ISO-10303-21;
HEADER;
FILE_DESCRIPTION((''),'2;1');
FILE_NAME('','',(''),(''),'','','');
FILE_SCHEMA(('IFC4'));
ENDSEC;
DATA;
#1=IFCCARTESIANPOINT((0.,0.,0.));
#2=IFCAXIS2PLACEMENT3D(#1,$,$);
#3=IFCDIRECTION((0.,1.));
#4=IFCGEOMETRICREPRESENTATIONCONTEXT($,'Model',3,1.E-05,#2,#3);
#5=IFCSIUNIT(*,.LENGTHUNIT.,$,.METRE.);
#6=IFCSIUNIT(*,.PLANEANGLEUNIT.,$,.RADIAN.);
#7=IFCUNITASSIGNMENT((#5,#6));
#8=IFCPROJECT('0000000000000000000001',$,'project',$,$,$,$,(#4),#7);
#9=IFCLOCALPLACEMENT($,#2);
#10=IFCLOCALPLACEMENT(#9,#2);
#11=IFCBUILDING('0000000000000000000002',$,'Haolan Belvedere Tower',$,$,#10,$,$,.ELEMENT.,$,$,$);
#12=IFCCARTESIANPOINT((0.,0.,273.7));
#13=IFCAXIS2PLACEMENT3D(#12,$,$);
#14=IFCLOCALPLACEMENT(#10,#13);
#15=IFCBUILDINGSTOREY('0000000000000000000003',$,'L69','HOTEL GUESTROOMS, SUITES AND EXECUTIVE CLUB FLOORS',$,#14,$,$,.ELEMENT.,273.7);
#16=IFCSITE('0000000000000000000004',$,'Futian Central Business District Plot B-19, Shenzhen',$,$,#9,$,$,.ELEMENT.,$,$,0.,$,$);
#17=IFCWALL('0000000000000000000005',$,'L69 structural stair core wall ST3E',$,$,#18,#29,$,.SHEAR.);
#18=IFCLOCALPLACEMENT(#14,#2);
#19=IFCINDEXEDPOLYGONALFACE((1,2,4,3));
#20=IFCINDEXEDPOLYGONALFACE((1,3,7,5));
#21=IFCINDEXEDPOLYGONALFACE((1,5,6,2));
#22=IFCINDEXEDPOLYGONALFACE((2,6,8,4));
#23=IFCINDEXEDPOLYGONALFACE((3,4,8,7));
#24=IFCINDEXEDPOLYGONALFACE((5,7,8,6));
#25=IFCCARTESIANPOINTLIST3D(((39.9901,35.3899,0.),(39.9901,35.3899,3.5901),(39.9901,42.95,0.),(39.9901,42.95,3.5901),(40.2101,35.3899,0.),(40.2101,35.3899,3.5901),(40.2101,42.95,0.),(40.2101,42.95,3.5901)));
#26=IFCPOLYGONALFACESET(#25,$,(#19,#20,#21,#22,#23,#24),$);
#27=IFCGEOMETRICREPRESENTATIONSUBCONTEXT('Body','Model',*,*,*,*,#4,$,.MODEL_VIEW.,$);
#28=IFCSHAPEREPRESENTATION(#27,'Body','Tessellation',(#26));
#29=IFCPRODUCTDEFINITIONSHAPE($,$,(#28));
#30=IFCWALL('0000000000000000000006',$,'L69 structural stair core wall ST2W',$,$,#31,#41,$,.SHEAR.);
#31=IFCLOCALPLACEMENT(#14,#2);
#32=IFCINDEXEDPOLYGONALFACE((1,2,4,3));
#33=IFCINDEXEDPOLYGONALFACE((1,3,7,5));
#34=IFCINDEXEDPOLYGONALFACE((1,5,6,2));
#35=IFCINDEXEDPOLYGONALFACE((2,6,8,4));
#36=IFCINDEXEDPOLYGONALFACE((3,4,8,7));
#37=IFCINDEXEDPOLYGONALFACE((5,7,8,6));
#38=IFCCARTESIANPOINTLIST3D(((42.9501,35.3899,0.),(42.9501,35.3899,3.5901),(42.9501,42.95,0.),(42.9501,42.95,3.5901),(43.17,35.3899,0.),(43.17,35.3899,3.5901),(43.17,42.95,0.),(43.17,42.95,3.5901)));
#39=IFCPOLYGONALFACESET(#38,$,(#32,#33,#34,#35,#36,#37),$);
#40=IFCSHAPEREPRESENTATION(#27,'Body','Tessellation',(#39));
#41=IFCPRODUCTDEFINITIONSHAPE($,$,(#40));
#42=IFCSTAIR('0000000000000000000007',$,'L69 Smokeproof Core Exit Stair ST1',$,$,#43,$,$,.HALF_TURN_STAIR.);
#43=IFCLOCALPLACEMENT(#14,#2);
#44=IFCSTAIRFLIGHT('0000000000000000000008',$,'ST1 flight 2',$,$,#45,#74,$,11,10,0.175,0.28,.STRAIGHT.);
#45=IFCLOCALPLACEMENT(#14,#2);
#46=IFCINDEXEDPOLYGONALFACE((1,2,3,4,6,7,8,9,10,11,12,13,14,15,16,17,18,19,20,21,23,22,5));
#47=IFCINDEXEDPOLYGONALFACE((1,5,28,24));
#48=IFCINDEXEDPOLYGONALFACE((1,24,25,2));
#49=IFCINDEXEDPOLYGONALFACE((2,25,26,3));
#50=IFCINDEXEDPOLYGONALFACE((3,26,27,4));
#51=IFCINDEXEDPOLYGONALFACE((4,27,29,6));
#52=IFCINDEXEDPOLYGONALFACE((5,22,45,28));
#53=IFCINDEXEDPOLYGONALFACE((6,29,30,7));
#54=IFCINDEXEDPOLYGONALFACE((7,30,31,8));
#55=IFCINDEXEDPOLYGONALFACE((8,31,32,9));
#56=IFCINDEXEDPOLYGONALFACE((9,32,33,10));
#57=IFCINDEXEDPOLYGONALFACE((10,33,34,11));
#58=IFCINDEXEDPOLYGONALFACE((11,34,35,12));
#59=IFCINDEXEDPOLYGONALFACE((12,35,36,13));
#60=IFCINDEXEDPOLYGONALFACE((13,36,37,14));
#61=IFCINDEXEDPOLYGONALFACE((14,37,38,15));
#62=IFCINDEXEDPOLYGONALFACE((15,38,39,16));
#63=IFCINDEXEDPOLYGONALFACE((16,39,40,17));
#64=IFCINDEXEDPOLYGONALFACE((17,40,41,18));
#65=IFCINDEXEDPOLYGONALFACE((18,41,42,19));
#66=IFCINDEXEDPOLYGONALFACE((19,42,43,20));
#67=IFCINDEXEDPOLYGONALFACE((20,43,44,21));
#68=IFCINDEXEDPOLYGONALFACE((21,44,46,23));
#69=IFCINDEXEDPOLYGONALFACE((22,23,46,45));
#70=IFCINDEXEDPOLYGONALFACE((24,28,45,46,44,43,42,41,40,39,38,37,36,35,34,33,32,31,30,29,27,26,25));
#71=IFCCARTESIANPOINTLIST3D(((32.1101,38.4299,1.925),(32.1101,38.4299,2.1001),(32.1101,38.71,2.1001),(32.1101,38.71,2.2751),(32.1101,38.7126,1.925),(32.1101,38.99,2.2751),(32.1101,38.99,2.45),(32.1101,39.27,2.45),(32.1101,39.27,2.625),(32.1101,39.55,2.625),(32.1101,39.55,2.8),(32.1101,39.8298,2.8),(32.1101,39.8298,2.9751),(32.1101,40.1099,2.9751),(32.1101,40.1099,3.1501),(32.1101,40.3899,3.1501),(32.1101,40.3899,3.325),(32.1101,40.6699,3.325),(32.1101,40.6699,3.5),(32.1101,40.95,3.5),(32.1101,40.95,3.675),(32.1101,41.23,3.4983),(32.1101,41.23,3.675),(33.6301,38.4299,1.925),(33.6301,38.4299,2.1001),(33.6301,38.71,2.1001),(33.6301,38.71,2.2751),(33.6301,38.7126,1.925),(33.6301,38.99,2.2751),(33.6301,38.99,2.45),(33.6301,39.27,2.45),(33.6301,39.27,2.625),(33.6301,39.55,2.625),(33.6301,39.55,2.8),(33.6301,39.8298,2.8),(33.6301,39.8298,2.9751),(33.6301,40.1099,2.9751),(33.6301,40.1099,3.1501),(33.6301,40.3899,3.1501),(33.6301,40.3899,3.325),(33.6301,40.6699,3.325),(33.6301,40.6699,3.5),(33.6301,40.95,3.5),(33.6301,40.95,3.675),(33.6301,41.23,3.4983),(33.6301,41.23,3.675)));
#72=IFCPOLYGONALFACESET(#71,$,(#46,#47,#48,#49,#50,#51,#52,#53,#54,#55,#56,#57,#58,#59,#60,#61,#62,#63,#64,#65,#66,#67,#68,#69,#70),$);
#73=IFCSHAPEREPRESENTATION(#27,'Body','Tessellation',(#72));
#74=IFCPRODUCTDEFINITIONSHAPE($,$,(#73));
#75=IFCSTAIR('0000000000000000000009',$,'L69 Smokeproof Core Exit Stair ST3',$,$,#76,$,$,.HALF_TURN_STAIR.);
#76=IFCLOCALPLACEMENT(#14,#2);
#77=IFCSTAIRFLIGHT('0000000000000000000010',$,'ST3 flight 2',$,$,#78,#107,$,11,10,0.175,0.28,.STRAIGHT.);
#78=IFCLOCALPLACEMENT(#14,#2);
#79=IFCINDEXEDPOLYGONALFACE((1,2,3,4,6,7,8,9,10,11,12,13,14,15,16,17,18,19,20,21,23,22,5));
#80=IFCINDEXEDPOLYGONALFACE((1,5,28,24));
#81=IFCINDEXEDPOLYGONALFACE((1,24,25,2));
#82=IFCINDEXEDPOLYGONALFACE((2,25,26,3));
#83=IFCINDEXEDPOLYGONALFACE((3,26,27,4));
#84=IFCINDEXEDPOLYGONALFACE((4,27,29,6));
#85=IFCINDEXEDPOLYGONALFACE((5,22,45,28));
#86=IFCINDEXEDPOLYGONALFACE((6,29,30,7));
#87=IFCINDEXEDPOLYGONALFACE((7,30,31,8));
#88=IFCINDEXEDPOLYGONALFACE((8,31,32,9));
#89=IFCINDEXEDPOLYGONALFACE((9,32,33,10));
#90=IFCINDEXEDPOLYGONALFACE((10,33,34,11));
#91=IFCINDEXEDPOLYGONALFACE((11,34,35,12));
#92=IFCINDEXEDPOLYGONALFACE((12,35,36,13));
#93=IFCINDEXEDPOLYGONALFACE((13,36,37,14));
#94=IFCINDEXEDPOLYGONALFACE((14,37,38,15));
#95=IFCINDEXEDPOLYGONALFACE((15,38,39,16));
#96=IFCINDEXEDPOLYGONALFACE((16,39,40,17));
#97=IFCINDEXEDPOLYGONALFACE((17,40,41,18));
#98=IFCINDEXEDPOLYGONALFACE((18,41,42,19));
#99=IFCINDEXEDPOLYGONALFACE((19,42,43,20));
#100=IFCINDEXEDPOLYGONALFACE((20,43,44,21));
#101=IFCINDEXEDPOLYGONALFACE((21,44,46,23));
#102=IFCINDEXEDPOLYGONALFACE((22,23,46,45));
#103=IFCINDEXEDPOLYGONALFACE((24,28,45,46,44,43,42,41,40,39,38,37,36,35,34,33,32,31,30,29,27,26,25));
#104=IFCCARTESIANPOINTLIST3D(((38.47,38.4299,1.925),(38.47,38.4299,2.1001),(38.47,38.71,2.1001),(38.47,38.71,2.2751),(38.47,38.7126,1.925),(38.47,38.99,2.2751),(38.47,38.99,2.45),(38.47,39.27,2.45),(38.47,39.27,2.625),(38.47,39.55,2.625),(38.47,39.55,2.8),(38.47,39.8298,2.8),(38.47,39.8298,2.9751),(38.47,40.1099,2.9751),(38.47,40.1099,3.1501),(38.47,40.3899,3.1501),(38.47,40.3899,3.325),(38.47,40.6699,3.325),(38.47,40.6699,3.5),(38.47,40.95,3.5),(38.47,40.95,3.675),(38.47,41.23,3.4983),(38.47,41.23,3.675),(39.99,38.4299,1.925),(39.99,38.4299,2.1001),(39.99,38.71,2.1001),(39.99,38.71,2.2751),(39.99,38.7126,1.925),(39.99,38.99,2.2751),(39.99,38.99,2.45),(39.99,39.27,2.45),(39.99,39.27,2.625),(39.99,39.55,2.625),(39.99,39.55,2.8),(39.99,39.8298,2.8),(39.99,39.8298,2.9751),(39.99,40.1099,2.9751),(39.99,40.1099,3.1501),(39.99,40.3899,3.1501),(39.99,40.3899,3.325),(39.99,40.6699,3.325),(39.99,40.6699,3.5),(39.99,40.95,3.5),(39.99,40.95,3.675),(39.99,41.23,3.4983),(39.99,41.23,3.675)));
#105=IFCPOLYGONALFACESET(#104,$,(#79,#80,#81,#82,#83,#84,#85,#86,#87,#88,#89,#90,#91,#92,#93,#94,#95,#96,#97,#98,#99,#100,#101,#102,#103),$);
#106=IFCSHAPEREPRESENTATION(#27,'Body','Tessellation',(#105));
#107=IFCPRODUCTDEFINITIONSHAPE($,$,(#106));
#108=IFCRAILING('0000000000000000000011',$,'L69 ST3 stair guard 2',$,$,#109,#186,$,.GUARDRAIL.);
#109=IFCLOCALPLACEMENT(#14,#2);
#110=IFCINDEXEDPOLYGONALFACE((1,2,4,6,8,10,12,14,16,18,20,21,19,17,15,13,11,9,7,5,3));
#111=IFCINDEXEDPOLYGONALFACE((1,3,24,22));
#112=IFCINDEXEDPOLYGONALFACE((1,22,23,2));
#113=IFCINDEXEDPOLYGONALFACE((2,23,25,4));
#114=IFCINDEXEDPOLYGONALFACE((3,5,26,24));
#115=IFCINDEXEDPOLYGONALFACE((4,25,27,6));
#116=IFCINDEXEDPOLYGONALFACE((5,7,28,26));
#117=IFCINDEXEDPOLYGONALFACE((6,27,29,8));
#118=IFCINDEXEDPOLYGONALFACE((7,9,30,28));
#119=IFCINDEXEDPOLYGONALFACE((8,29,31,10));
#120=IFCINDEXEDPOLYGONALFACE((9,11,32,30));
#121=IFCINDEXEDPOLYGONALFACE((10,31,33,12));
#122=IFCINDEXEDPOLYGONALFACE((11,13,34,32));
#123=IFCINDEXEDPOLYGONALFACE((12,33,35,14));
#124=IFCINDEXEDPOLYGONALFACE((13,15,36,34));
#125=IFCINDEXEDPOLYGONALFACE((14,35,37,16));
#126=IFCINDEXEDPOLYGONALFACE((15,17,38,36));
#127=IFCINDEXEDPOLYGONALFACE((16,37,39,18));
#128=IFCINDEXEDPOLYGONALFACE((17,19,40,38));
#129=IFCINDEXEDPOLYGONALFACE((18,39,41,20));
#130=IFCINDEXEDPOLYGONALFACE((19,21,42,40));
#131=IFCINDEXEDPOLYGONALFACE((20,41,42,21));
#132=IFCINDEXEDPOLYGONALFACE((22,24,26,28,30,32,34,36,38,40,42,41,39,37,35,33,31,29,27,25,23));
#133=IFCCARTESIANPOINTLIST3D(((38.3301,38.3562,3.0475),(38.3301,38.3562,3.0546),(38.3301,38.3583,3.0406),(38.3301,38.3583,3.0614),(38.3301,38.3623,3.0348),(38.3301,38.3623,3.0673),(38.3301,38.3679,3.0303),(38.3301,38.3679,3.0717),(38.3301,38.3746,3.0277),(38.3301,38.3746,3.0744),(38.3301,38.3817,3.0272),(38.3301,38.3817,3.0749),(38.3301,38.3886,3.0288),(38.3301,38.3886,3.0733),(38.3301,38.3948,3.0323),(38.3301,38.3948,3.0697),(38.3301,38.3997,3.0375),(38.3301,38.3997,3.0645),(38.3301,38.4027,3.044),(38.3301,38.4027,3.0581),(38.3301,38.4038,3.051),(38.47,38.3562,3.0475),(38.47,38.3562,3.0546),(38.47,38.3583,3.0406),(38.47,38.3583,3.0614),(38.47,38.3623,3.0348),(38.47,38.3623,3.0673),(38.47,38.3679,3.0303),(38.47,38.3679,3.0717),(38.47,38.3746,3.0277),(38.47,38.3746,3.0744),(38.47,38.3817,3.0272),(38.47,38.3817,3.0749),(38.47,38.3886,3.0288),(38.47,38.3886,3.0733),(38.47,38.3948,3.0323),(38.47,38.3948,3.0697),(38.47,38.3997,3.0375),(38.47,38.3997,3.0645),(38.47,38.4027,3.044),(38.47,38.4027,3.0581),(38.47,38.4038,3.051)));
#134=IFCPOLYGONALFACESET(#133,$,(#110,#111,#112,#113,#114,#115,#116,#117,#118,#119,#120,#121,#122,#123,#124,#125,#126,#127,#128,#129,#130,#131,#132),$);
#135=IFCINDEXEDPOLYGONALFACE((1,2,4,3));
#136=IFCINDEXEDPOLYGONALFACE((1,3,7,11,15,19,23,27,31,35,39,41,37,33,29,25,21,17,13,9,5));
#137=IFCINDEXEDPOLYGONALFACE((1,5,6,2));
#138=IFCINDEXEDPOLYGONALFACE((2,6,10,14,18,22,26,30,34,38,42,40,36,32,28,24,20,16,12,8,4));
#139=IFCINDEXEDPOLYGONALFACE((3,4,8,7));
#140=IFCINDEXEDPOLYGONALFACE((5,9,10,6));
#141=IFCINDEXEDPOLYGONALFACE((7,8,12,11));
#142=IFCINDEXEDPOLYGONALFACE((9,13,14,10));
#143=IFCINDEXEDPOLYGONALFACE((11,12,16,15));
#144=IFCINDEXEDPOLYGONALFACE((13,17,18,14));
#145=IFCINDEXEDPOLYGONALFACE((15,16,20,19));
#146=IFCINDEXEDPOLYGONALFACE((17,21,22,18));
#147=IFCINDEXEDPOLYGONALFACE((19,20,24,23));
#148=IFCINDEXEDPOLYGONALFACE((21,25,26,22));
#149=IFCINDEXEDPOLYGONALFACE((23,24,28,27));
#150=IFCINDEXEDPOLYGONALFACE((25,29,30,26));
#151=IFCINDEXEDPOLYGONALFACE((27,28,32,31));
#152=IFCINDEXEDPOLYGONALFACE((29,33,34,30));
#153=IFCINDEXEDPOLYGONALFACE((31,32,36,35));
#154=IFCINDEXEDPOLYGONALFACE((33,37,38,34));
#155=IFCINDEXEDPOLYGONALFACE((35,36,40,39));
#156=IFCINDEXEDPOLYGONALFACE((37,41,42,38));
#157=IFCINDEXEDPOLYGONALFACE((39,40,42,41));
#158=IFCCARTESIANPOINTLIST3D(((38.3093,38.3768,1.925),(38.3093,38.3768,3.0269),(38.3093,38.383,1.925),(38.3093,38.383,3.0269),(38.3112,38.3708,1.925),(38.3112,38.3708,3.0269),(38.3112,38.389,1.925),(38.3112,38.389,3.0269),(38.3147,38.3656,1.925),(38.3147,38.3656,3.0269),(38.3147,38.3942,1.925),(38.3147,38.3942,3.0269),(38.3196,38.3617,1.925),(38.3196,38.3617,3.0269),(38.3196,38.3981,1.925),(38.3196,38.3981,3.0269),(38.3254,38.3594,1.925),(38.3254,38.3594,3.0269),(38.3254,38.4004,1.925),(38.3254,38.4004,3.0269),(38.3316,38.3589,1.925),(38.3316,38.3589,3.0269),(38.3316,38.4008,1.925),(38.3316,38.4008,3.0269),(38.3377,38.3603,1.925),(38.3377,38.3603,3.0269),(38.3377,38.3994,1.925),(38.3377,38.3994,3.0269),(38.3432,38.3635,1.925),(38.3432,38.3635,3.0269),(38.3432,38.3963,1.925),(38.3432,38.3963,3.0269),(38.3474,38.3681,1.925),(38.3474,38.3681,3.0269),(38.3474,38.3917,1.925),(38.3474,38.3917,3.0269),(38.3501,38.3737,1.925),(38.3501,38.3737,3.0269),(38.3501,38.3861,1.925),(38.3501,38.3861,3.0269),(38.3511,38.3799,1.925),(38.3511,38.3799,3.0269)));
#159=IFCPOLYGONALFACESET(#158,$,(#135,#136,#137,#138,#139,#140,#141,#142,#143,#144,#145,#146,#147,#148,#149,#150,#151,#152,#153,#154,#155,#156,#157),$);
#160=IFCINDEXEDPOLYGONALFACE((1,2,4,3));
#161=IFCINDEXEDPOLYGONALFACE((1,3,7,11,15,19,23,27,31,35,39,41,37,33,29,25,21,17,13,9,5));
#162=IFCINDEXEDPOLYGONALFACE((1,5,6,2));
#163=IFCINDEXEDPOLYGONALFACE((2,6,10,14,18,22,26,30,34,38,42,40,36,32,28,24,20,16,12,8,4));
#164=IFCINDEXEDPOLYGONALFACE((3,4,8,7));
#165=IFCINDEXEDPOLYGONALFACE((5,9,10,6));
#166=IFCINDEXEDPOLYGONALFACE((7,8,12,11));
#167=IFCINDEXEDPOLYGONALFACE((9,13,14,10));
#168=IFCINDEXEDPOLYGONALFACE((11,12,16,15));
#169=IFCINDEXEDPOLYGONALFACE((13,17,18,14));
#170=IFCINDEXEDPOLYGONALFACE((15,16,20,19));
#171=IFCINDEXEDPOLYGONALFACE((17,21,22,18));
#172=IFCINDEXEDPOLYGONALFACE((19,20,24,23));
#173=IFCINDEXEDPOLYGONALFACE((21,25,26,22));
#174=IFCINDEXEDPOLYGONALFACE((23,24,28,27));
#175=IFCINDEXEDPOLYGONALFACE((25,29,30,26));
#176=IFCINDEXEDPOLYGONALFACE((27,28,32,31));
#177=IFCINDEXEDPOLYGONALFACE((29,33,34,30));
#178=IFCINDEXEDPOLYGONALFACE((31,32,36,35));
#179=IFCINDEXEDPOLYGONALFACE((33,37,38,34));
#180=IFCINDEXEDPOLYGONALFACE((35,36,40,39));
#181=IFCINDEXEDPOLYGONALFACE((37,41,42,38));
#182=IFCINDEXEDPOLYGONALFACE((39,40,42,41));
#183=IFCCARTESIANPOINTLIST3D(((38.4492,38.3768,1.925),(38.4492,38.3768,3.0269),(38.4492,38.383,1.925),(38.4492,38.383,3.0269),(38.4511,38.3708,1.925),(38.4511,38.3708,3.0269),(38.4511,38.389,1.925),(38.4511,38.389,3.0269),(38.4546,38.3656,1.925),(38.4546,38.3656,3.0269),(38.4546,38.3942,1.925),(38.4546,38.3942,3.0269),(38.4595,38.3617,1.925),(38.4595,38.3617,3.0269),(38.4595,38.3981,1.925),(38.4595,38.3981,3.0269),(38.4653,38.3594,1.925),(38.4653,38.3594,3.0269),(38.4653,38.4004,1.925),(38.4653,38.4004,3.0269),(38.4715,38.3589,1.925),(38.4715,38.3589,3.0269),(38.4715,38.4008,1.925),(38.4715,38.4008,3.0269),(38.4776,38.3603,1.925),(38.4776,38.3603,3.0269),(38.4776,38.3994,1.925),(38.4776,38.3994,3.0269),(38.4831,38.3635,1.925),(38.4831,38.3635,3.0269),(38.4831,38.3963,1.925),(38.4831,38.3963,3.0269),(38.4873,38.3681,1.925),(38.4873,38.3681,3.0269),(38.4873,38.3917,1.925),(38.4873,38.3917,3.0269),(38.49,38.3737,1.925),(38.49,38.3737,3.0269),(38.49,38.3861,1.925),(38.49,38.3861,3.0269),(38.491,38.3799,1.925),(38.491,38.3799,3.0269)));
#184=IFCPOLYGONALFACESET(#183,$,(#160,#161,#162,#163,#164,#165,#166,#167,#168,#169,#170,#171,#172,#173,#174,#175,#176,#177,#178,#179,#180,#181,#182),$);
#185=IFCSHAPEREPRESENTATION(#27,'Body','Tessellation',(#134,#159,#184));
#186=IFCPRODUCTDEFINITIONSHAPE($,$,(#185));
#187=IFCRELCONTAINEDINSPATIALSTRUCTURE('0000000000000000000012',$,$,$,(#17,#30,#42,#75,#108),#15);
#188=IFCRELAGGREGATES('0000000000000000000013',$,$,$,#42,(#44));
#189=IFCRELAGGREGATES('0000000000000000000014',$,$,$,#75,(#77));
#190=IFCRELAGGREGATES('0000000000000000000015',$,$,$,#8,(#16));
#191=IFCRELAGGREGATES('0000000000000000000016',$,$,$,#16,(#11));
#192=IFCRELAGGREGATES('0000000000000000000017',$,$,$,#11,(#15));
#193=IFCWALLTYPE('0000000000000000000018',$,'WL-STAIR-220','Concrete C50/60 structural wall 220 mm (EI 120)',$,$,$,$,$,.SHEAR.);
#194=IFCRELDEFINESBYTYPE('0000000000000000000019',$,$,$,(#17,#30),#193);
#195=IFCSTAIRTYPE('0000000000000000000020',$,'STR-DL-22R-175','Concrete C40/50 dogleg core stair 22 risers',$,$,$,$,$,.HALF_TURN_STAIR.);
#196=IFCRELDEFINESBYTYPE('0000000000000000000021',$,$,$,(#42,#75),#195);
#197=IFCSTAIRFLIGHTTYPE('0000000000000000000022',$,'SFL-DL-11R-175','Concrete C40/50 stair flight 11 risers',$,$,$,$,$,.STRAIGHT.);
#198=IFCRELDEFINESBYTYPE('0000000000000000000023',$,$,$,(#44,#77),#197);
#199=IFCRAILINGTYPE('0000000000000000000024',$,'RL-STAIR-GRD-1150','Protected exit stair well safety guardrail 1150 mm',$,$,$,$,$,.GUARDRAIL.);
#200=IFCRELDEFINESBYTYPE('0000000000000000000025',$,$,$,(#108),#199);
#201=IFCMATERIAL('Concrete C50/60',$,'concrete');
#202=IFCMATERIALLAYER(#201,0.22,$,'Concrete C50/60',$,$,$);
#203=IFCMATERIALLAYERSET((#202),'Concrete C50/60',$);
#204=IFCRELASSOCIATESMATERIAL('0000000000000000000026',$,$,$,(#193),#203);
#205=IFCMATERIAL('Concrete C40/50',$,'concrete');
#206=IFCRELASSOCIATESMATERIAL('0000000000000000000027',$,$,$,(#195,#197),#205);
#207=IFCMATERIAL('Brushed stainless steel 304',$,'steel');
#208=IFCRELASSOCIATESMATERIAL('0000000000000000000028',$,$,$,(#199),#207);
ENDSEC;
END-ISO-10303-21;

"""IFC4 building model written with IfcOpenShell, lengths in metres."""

from ifc_helpers import new_model, si_unit, direction, frame, frame_2d, origin, origin_2d, place, context, subcontext, project, spatial, polyline, rectangle, circle, outline, extrude, material, layer, layer_set, type_object, element, aggregate, save


model = new_model("IFC4")

# Units and contexts
model_context = context("Model", 3, precision=1e-05, world=origin(), true_north=direction((0.0, 1.0)))
body_context = subcontext(model_context, "Body", "Model", "MODEL_VIEW")
ifc_project = project(units=[si_unit("LENGTHUNIT", "METRE"), si_unit("PLANEANGLEUNIT", "RADIAN")], contexts=[model_context])

# Site, building, storey
site_placement = place(None, origin())
site = spatial("IfcSite", under=ifc_project, at=site_placement, Name="Futian Central Business District Plot B-19, Shenzhen", CompositionType="ELEMENT", RefElevation=0.0)
building_placement = place(site_placement, origin())
building = spatial("IfcBuilding", under=site, at=building_placement, Name="Haolan Belvedere Tower", CompositionType="ELEMENT")
storey_placement = place(building_placement, frame((0.0, 0.0, 273.7)))
storey = spatial("IfcBuildingStorey", under=building, at=storey_placement, Name="L69", Description="HOTEL GUESTROOMS, SUITES AND EXECUTIVE CLUB FLOORS", CompositionType="ELEMENT", Elevation=273.7)

# Walls
ifc_material_1 = material(Name="Concrete C50/60", Category="concrete")
ifc_layer_1 = layer(ifc_material_1, 0.22, Name="Concrete C50/60")
ifc_layer_set_1 = layer_set([ifc_layer_1], Name="Concrete C50/60")
wall_type_1 = type_object("IfcWallType", Name="WL-STAIR-220", Description="Concrete C50/60 structural wall 220 mm (EI 120)", PredefinedType="SHEAR", material=ifc_layer_set_1)
for number, where, z_axis, x_axis, name in (
    (1, (40.1001, 35.3899, 0.0), (0.0, 0.0, 1.0), (0.0, 1.0, 0.0), "L69 structural stair core wall ST3E"),
    (2, (43.0601, 35.3899, 0.0), (0.0, 0.0, 1.0), (0.0, 1.0, 0.0), "L69 structural stair core wall ST2W"),
):
    element("IfcWall", number, at=place(storey_placement, frame(where, z_axis=z_axis, x_axis=x_axis)), inside=storey, type_object=wall_type_1, Name=name, PredefinedType="SHEAR", context=body_context, shape_type="SweptSolid", body=[
        extrude(rectangle(XDim=7.5601, YDim=0.22, at=frame_2d((3.78, 0.0))), origin(), (0.0, 0.0, 1.0), 3.5901),
    ])

# Stairs, stair flights
ifc_material_2 = material(Name="Concrete C40/50", Category="concrete")
stair_type = type_object("IfcStairType", Name="STR-DL-22R-175", Description="Concrete C40/50 dogleg core stair 22 risers", PredefinedType="HALF_TURN_STAIR", material=ifc_material_2)
stair_1_placement = place(storey_placement, origin())
stair_1 = element("IfcStair", 3, at=stair_1_placement, inside=storey, type_object=stair_type, Name="L69 Smokeproof Core Exit Stair ST1", PredefinedType="HALF_TURN_STAIR")
stair_flight_type = type_object("IfcStairFlightType", Name="SFL-DL-11R-175", Description="Concrete C40/50 stair flight 11 risers", PredefinedType="STRAIGHT", material=ifc_material_2)
stair_flight_1_placement = place(storey_placement, frame((32.8701, 38.4299, 1.925), z_axis=(0.0, 0.0, 1.0), x_axis=(0.0, 1.0, 0.0)))
stair_flight_1 = element("IfcStairFlight", 4, at=stair_flight_1_placement, type_object=stair_flight_type, Name="ST1 flight 2", NumberOfRisers=11, NumberOfTreads=10, PredefinedType="STRAIGHT", RiserHeight=0.175, TreadLength=0.28, context=body_context, shape_type="SweptSolid", body=[
    extrude(outline(polyline([(0.0, 0.0), (0.0, 0.175), (0.28, 0.175), (0.28, 0.3501), (0.5601, 0.3501), (0.5601, 0.5249), (0.8401, 0.5249), (0.8401, 0.7), (1.1201, 0.7), (1.1201, 0.875), (1.3999, 0.875), (1.3999, 1.05), (1.6799, 1.05), (1.6799, 1.2251), (1.96, 1.2251), (1.96, 1.3999), (2.24, 1.3999), (2.24, 1.575), (2.52, 1.575), (2.52, 1.75), (2.8, 1.75), (2.8, 1.925), (2.8, 1.5732), (0.2827, 0.0), (0.0, 0.0)])), frame((0.0, 0.76, 0.0), z_axis=(0.0, -1.0, 0.0), x_axis=(1.0, 0.0, 0.0)), (0.0, 0.0, 1.0), 1.52),
])
aggregate(stair_1, [stair_flight_1])
stair_2_placement = place(storey_placement, origin())
stair_2 = element("IfcStair", 5, at=stair_2_placement, inside=storey, type_object=stair_type, Name="L69 Smokeproof Core Exit Stair ST3", PredefinedType="HALF_TURN_STAIR")
stair_flight_2_placement = place(storey_placement, frame((39.23, 38.4299, 1.925), z_axis=(0.0, 0.0, 1.0), x_axis=(0.0, 1.0, 0.0)))
stair_flight_2 = element("IfcStairFlight", 6, at=stair_flight_2_placement, type_object=stair_flight_type, Name="ST3 flight 2", NumberOfRisers=11, NumberOfTreads=10, PredefinedType="STRAIGHT", RiserHeight=0.175, TreadLength=0.28, context=body_context, shape_type="SweptSolid", body=[
    extrude(outline(polyline([(0.0, 0.0), (0.0, 0.175), (0.28, 0.175), (0.28, 0.3501), (0.5601, 0.3501), (0.5601, 0.5249), (0.8401, 0.5249), (0.8401, 0.7), (1.1201, 0.7), (1.1201, 0.875), (1.3999, 0.875), (1.3999, 1.05), (1.6799, 1.05), (1.6799, 1.2251), (1.96, 1.2251), (1.96, 1.3999), (2.24, 1.3999), (2.24, 1.575), (2.52, 1.575), (2.52, 1.75), (2.8, 1.75), (2.8, 1.925), (2.8, 1.5732), (0.2827, 0.0), (0.0, 0.0)])), frame((0.0, 0.76, 0.0), z_axis=(0.0, -1.0, 0.0), x_axis=(1.0, 0.0, 0.0)), (0.0, 0.0, 1.0), 1.52),
])
aggregate(stair_2, [stair_flight_2])

# Railing
ifc_material_3 = material(Name="Brushed stainless steel 304", Category="steel")
railing_type_1 = type_object("IfcRailingType", Name="RL-STAIR-GRD-1150", Description="Protected exit stair well safety guardrail 1150 mm", PredefinedType="GUARDRAIL", material=ifc_material_3)
railing_1_placement = place(storey_placement, frame((38.3301, 38.3799, 1.925)))
element("IfcRailing", 7, at=railing_1_placement, inside=storey, type_object=railing_type_1, Name="L69 ST3 stair guard 2", PredefinedType="GUARDRAIL", context=body_context, shape_type="SweptSolid", body=[
    extrude(circle(Radius=0.0239, at=origin_2d()), frame((0.0, 0.0, 1.126), z_axis=(1.0, 0.0, 0.0), x_axis=(0.0, 1.0, 0.0)), (0.0, 0.0, 1.0), 0.1399),
    extrude(circle(Radius=0.021, at=origin_2d()), origin(), (0.0, 0.0, 1.0), 1.1018),
    extrude(circle(Radius=0.021, at=origin_2d()), frame((0.1399, 0.0, 0.0)), (0.0, 0.0, 1.0), 1.1018),
])

save(model, "model.ifc")
